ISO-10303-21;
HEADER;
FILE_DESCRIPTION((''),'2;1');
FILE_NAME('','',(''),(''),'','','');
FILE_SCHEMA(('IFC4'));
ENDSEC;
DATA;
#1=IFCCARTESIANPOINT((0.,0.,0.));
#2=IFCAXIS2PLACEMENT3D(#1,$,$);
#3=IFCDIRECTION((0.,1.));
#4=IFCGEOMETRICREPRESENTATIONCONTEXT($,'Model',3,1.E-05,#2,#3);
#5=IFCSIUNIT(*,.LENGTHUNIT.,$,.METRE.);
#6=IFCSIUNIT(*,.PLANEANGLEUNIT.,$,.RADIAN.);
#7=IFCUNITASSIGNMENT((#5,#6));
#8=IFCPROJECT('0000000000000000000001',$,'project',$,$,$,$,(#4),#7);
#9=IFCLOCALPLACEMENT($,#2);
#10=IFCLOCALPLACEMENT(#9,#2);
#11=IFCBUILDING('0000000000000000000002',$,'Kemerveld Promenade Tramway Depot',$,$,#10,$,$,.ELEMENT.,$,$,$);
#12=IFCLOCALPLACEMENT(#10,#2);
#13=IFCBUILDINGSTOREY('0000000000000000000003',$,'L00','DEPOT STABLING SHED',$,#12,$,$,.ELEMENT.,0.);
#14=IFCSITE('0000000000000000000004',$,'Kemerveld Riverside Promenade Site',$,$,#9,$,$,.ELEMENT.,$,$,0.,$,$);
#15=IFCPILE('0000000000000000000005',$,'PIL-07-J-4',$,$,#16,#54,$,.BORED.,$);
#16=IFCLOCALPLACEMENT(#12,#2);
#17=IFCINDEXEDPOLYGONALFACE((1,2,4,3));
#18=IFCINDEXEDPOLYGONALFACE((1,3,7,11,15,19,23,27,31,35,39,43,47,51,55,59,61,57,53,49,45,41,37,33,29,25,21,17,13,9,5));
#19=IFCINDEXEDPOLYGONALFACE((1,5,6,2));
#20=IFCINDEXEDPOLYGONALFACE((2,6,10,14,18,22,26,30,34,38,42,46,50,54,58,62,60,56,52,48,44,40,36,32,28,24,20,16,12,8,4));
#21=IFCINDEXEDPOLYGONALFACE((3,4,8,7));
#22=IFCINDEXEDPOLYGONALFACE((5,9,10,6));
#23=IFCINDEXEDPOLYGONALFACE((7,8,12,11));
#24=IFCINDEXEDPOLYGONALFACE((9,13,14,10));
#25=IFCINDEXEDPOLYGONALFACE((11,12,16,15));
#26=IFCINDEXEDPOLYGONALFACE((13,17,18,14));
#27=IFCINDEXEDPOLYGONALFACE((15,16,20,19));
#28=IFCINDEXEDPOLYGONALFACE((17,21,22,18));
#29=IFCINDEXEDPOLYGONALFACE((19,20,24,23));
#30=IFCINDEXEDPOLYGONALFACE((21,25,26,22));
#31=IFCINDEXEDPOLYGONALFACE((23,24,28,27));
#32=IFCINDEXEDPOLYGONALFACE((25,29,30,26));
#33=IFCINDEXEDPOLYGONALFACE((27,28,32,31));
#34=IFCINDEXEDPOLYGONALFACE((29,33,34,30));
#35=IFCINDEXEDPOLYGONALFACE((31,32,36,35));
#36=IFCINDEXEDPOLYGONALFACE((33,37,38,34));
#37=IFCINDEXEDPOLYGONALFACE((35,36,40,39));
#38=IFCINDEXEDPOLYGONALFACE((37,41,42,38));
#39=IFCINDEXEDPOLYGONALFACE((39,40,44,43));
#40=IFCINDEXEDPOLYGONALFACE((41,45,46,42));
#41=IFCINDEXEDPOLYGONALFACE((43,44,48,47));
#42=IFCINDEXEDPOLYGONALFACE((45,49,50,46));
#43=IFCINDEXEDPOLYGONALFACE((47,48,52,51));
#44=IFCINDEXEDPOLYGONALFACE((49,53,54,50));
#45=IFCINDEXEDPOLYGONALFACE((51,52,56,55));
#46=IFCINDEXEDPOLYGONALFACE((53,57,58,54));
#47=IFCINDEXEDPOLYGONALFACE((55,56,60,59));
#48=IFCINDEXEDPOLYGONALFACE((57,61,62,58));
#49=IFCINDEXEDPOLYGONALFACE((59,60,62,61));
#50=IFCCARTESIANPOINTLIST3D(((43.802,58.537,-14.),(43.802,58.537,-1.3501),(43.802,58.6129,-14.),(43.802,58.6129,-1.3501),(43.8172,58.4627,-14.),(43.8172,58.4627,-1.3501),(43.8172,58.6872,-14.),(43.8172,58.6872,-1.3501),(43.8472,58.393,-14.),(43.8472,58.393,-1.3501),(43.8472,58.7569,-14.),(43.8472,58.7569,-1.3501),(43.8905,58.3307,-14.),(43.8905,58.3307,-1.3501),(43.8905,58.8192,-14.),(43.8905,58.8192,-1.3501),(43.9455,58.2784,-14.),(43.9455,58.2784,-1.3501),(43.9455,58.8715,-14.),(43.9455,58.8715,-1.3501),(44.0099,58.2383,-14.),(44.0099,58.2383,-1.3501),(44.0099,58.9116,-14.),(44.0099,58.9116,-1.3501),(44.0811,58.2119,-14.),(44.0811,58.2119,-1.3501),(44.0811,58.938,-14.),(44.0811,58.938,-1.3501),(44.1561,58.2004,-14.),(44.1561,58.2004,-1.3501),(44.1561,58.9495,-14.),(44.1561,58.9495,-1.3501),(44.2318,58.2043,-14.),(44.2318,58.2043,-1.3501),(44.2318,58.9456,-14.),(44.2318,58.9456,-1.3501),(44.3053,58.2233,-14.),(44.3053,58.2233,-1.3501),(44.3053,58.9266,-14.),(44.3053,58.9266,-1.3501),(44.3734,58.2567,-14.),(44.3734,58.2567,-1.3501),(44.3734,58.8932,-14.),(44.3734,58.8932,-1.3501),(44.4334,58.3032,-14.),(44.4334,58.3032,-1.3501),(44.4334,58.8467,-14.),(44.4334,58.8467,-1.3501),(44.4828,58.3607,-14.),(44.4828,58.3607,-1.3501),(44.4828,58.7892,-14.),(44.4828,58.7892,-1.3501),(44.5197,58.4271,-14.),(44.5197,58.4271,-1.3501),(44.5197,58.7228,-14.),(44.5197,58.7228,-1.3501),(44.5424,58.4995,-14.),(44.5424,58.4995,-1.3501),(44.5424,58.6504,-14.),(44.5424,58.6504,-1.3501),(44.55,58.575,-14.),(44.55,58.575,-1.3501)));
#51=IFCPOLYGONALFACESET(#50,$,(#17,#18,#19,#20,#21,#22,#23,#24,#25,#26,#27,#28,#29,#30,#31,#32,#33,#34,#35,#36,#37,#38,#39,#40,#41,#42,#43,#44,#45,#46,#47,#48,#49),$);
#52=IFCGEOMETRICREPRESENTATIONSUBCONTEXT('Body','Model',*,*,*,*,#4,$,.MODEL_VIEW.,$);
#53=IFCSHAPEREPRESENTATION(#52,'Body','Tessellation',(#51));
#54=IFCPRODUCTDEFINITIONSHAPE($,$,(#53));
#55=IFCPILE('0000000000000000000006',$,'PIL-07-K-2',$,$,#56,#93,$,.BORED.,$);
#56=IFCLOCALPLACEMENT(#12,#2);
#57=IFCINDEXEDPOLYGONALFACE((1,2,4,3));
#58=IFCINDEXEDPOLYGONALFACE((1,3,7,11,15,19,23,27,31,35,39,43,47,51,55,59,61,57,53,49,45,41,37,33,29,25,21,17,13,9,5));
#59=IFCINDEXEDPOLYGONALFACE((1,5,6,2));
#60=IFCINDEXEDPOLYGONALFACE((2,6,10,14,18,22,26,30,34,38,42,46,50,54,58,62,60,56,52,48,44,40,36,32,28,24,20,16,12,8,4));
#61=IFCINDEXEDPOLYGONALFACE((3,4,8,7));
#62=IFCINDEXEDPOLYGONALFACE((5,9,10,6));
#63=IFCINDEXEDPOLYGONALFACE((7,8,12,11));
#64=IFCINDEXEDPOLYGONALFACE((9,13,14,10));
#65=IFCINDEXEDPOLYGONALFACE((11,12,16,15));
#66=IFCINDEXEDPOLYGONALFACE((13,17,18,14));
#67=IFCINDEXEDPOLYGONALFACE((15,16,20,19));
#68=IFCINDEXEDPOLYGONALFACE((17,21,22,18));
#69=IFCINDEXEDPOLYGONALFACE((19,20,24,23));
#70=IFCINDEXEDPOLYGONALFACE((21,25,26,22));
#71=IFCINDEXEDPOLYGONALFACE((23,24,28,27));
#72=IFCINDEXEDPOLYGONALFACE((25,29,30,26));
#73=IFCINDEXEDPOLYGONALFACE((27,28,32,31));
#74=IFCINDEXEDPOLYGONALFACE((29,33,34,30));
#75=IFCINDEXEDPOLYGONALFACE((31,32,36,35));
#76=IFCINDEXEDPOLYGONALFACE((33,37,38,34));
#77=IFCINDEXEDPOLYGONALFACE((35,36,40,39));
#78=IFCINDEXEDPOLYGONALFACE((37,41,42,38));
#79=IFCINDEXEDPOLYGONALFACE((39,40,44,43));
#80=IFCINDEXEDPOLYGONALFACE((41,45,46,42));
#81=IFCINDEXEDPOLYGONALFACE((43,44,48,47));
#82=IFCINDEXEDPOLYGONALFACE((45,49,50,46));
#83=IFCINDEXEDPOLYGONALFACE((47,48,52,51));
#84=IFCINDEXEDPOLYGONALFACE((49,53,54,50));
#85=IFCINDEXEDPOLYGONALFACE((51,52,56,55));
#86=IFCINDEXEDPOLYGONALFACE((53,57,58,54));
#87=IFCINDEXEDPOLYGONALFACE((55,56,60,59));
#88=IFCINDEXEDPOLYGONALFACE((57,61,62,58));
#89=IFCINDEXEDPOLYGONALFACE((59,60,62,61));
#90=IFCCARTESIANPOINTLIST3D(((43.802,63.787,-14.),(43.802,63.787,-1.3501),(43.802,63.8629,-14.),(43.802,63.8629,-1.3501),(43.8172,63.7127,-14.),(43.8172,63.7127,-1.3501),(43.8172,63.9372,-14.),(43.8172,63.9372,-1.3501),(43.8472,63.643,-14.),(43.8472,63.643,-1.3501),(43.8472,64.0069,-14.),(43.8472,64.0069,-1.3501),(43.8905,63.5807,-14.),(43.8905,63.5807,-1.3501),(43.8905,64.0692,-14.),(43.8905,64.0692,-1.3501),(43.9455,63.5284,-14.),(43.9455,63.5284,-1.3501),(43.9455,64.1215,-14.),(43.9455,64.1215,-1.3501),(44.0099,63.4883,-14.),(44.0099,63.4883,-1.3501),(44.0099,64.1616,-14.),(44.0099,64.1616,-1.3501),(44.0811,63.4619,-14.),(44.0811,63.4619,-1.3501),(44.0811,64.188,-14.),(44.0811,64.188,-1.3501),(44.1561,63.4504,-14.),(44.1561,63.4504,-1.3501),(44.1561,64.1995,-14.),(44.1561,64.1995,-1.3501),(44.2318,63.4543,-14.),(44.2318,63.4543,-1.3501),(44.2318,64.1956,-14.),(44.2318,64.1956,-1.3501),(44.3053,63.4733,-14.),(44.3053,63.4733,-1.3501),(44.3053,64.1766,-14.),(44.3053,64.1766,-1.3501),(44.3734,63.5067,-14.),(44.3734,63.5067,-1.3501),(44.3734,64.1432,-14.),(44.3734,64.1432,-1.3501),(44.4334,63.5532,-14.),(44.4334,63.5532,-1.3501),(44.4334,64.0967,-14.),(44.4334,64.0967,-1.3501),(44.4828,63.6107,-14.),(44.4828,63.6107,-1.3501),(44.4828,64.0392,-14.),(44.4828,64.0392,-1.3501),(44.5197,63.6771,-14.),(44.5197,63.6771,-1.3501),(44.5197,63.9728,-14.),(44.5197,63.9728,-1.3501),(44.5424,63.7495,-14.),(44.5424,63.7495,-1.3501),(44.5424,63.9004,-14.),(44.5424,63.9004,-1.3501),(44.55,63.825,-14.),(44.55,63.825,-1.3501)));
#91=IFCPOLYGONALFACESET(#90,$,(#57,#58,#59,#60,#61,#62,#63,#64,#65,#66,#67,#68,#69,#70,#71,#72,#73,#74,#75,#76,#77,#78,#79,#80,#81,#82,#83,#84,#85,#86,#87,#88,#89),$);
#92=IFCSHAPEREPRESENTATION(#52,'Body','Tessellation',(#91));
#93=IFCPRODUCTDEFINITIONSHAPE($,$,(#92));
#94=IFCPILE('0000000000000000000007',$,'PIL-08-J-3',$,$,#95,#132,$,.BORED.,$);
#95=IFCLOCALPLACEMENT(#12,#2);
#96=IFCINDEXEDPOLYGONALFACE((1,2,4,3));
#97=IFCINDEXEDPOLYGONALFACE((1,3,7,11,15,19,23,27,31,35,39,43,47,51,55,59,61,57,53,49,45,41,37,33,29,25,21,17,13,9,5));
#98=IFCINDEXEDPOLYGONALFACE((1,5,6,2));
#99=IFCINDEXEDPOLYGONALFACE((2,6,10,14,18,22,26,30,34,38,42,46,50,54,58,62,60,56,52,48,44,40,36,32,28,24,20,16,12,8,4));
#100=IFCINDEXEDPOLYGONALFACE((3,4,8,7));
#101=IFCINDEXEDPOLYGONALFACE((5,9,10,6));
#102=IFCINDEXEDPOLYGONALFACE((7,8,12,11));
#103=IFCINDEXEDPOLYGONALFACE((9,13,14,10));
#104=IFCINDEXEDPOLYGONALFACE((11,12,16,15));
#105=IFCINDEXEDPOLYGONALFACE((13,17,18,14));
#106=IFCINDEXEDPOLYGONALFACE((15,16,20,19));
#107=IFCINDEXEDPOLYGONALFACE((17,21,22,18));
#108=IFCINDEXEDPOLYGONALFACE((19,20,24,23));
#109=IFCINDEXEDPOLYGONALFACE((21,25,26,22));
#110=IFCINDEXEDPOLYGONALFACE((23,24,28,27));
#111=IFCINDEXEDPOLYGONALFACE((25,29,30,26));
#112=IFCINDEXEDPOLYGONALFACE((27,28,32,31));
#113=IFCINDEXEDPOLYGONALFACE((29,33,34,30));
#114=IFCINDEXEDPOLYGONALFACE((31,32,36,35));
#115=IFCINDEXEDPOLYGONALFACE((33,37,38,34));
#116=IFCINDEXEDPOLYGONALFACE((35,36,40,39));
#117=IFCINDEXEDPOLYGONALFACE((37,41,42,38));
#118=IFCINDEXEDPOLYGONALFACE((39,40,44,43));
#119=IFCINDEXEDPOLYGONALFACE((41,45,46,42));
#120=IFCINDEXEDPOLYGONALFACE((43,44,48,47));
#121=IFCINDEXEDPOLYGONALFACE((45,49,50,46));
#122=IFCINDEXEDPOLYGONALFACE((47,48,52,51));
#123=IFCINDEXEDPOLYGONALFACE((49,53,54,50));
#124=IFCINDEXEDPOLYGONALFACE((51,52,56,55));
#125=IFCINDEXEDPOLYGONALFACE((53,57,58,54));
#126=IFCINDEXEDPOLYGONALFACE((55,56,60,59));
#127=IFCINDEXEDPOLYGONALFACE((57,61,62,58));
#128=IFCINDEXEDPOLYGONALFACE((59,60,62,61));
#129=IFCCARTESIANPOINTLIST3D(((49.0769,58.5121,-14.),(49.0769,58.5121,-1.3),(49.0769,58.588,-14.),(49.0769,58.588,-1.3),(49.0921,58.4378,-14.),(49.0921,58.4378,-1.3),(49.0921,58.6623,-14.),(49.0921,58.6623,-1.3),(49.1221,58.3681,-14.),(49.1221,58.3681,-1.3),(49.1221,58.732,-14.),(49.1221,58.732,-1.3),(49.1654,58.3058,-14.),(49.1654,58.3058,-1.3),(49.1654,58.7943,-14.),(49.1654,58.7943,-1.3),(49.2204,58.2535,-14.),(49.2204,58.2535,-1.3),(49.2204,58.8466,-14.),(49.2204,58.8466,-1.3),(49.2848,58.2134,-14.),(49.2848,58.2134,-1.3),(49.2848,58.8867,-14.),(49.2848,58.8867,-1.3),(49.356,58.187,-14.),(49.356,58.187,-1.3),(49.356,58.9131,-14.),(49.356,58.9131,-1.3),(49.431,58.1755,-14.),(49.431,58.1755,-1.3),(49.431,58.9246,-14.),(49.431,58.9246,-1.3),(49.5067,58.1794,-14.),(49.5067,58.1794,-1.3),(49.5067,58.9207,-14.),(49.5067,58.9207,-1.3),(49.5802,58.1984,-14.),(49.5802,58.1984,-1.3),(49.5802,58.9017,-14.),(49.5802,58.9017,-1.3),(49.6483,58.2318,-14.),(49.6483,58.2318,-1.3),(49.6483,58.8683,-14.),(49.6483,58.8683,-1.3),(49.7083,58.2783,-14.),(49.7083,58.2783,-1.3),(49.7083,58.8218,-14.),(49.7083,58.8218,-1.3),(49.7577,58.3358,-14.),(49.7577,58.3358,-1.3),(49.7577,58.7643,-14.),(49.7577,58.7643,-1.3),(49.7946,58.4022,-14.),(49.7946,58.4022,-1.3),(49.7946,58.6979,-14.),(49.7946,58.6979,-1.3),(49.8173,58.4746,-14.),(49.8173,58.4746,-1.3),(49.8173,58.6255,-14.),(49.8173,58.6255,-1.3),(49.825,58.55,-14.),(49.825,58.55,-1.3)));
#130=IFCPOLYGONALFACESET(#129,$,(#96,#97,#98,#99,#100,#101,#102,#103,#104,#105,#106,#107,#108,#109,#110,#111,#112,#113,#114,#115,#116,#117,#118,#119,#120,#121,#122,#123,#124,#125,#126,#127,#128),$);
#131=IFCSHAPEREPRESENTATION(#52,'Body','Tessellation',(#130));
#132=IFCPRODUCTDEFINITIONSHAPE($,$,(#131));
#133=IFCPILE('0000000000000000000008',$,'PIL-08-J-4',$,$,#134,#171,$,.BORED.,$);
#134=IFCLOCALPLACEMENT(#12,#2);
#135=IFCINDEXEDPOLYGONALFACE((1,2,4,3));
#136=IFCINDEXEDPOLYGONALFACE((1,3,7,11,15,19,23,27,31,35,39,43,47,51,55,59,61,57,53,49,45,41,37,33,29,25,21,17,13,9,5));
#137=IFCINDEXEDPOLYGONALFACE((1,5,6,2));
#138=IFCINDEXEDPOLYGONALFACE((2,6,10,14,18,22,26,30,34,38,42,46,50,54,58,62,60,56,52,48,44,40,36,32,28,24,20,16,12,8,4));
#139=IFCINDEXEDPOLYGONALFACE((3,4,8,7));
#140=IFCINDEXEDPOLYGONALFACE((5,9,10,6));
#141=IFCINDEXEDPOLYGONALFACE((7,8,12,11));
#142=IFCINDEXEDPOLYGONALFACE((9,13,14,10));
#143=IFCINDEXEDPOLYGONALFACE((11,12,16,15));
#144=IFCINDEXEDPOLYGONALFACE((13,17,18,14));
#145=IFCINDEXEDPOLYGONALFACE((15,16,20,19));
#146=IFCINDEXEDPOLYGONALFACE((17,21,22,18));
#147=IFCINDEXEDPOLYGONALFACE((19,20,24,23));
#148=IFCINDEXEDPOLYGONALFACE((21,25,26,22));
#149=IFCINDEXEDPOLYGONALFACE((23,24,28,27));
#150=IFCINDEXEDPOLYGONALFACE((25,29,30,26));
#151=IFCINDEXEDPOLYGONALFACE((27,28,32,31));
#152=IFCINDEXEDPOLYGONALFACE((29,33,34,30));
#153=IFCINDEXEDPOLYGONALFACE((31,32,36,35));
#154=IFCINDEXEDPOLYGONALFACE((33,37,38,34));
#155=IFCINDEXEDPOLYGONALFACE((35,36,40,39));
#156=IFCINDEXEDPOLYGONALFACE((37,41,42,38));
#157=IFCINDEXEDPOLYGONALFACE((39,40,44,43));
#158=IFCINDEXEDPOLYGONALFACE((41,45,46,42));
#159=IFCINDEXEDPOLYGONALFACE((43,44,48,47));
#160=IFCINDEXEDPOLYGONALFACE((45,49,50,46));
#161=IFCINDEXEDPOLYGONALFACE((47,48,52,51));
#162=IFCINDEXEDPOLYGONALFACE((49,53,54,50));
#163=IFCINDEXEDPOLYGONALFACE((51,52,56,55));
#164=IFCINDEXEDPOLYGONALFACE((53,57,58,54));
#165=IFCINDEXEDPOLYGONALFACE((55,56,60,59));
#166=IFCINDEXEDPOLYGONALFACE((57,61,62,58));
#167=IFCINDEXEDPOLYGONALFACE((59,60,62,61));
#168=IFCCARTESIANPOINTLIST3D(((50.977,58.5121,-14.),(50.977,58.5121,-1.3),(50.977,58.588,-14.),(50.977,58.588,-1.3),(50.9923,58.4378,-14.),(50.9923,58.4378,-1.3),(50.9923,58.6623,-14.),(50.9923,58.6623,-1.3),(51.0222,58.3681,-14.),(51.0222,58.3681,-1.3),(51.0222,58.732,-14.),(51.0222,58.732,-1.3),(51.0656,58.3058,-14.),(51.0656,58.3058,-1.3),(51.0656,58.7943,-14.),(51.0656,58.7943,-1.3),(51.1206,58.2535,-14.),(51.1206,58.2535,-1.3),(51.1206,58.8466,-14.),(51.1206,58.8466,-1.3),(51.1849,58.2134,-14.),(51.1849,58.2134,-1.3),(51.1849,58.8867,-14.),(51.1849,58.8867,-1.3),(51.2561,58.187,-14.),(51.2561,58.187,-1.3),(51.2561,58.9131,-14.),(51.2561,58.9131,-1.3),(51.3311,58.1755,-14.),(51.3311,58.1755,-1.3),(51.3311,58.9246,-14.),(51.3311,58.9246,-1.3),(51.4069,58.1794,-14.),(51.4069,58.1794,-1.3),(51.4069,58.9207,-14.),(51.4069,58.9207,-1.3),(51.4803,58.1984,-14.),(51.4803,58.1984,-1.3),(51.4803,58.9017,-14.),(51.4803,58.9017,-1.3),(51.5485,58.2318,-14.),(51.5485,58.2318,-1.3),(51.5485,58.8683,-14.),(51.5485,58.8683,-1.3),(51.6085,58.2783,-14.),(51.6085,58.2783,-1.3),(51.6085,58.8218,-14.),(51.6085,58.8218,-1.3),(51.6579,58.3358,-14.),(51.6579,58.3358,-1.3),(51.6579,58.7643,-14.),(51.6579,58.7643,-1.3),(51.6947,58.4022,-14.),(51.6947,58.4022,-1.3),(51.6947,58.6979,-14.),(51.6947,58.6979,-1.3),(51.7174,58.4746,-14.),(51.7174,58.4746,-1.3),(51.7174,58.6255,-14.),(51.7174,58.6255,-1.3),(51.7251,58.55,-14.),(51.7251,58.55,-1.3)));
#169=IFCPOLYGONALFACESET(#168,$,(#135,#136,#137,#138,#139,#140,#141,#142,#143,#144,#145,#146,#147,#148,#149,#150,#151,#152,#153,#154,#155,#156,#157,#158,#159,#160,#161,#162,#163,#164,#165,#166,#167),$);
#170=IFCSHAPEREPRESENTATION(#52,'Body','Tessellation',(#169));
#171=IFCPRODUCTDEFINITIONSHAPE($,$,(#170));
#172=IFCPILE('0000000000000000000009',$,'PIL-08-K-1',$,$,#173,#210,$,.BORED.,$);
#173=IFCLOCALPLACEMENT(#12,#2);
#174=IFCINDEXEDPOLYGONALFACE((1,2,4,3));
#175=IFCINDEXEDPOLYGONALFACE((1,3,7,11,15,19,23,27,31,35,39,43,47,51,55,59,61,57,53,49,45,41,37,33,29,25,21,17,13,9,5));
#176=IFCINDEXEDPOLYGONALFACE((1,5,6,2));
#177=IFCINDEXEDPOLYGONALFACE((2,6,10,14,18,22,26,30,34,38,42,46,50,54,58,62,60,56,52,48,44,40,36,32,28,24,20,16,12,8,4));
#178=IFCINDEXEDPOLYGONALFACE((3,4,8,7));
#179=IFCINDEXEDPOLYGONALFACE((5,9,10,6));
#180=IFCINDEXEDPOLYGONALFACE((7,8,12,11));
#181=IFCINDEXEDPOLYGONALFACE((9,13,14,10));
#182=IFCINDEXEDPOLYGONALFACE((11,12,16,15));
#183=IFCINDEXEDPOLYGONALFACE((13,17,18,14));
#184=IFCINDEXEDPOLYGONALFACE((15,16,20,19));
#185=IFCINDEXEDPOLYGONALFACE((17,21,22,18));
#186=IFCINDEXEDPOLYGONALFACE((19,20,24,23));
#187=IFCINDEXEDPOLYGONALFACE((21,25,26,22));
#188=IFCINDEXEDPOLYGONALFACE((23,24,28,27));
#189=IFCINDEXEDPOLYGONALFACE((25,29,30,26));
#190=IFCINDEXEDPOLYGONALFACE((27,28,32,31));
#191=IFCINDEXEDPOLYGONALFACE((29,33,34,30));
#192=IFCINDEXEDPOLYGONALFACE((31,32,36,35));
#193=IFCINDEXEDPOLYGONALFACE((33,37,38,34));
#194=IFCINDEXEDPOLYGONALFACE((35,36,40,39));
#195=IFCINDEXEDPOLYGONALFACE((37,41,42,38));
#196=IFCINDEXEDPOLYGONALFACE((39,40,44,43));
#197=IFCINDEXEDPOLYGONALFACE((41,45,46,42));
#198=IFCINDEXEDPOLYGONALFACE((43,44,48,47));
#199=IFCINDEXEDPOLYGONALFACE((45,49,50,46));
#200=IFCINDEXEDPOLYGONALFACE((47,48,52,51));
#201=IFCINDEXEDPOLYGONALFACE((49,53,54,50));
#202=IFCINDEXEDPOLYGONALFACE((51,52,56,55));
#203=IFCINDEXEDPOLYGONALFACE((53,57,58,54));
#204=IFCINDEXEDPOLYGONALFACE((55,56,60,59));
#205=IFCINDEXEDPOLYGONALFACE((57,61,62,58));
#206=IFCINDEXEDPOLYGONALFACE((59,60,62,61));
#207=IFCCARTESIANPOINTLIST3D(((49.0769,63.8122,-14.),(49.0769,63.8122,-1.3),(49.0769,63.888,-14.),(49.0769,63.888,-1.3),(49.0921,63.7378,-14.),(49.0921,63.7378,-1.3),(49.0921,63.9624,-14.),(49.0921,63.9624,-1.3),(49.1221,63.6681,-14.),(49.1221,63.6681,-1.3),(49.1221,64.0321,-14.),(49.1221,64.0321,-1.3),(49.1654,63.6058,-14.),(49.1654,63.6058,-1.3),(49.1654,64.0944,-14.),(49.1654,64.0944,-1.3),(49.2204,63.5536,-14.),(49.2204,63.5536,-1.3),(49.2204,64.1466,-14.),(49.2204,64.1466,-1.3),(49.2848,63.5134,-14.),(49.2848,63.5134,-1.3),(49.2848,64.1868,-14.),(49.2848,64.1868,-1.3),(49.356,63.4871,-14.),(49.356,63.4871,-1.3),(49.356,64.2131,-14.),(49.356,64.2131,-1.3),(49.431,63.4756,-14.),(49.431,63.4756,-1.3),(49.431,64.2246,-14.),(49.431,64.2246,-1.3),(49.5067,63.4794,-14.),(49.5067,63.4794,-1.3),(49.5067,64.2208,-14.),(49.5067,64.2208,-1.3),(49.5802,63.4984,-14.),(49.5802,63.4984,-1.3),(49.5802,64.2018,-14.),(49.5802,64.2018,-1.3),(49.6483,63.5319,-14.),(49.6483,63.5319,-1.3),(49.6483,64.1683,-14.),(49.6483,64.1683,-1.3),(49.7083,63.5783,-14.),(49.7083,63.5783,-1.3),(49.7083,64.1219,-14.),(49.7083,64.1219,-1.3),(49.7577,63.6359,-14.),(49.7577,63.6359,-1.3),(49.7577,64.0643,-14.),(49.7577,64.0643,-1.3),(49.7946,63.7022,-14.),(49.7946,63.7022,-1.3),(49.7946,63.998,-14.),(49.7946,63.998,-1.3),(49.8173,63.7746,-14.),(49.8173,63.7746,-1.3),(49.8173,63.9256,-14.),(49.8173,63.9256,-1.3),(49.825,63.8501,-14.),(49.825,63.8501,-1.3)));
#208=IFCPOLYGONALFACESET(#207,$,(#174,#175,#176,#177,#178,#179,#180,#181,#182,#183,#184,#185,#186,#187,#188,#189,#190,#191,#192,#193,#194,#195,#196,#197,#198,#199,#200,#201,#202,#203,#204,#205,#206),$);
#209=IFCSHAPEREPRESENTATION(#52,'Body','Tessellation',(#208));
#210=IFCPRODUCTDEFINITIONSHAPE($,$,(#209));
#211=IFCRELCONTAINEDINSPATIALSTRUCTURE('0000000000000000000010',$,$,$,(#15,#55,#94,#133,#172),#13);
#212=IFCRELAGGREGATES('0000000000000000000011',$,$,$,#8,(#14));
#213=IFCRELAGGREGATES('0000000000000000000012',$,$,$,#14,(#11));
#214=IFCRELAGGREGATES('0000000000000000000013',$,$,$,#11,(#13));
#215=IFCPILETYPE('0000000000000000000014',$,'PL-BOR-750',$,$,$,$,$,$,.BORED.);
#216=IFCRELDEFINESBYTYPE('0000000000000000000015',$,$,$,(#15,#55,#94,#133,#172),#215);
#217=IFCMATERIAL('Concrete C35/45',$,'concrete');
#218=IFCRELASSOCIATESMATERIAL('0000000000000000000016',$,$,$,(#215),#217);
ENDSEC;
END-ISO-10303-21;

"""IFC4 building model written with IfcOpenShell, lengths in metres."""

from ifc_helpers import new_model, si_unit, direction, frame, origin, origin_2d, place, context, subcontext, project, spatial, circle, extrude, material, material_profile, profile_set, type_object, element, save


model = new_model("IFC4")

# Units and contexts
model_context = context("Model", 3, precision=1e-05, world=origin(), true_north=direction((0.0, 1.0)))
body_context = subcontext(model_context, "Body", "Model", "MODEL_VIEW")
ifc_project = project(units=[si_unit("LENGTHUNIT", "METRE"), si_unit("PLANEANGLEUNIT", "RADIAN")], contexts=[model_context])

# Site, building, storey
site_placement = place(None, origin())
site = spatial("IfcSite", under=ifc_project, at=site_placement, Name="Kemerveld Riverside Promenade Site", CompositionType="ELEMENT", RefElevation=0.0)
building_placement = place(site_placement, origin())
building = spatial("IfcBuilding", under=site, at=building_placement, Name="Kemerveld Promenade Tramway Depot", CompositionType="ELEMENT")
storey_placement = place(building_placement, origin())
storey = spatial("IfcBuildingStorey", under=building, at=storey_placement, Name="L00", Description="DEPOT STABLING SHED", CompositionType="ELEMENT", Elevation=0.0)

# Shared definitions
ifc_material_1 = material(Name="Concrete C35/45", Category="concrete")

# Piles
ifc_material_profile_1 = material_profile(ifc_material_1, circle(Radius=0.375, at=origin_2d()), Name="PILE-D750")
ifc_profile_set_1 = profile_set([ifc_material_profile_1], Name="Concrete C35/45")
pile_type_1 = type_object("IfcPileType", Name="PL-BOR-750", PredefinedType="BORED", material=ifc_profile_set_1)
for number, where, z_axis, x_axis, name in (
    (1, (44.175, 58.575, -1.3501), (0.0, 0.0, -1.0), (1.0, 0.0, 0.0), "PIL-07-J-4"),
    (2, (44.175, 63.825, -1.3501), (0.0, 0.0, -1.0), (1.0, 0.0, 0.0), "PIL-07-K-2"),
):
    element("IfcPile", number, at=place(storey_placement, frame(where, z_axis=z_axis, x_axis=x_axis)), inside=storey, type_object=pile_type_1, Name=name, PredefinedType="BORED", context=body_context, shape_type="SweptSolid", body=[
        extrude(circle(Radius=0.375, at=origin_2d()), origin(), (0.0, 0.0, 1.0), 12.6499),
    ])
for number, where, z_axis, x_axis, name in (
    (3, (49.45, 58.55, -1.3), (0.0, 0.0, -1.0), (1.0, 0.0, 0.0), "PIL-08-J-3"),
    (4, (51.3501, 58.55, -1.3), (0.0, 0.0, -1.0), (1.0, 0.0, 0.0), "PIL-08-J-4"),
    (5, (49.45, 63.8501, -1.3), (0.0, 0.0, -1.0), (1.0, 0.0, 0.0), "PIL-08-K-1"),
):
    element("IfcPile", number, at=place(storey_placement, frame(where, z_axis=z_axis, x_axis=x_axis)), inside=storey, type_object=pile_type_1, Name=name, PredefinedType="BORED", context=body_context, shape_type="SweptSolid", body=[
        extrude(circle(Radius=0.375, at=origin_2d()), origin(), (0.0, 0.0, 1.0), 12.7),
    ])

save(model, "model.ifc")
